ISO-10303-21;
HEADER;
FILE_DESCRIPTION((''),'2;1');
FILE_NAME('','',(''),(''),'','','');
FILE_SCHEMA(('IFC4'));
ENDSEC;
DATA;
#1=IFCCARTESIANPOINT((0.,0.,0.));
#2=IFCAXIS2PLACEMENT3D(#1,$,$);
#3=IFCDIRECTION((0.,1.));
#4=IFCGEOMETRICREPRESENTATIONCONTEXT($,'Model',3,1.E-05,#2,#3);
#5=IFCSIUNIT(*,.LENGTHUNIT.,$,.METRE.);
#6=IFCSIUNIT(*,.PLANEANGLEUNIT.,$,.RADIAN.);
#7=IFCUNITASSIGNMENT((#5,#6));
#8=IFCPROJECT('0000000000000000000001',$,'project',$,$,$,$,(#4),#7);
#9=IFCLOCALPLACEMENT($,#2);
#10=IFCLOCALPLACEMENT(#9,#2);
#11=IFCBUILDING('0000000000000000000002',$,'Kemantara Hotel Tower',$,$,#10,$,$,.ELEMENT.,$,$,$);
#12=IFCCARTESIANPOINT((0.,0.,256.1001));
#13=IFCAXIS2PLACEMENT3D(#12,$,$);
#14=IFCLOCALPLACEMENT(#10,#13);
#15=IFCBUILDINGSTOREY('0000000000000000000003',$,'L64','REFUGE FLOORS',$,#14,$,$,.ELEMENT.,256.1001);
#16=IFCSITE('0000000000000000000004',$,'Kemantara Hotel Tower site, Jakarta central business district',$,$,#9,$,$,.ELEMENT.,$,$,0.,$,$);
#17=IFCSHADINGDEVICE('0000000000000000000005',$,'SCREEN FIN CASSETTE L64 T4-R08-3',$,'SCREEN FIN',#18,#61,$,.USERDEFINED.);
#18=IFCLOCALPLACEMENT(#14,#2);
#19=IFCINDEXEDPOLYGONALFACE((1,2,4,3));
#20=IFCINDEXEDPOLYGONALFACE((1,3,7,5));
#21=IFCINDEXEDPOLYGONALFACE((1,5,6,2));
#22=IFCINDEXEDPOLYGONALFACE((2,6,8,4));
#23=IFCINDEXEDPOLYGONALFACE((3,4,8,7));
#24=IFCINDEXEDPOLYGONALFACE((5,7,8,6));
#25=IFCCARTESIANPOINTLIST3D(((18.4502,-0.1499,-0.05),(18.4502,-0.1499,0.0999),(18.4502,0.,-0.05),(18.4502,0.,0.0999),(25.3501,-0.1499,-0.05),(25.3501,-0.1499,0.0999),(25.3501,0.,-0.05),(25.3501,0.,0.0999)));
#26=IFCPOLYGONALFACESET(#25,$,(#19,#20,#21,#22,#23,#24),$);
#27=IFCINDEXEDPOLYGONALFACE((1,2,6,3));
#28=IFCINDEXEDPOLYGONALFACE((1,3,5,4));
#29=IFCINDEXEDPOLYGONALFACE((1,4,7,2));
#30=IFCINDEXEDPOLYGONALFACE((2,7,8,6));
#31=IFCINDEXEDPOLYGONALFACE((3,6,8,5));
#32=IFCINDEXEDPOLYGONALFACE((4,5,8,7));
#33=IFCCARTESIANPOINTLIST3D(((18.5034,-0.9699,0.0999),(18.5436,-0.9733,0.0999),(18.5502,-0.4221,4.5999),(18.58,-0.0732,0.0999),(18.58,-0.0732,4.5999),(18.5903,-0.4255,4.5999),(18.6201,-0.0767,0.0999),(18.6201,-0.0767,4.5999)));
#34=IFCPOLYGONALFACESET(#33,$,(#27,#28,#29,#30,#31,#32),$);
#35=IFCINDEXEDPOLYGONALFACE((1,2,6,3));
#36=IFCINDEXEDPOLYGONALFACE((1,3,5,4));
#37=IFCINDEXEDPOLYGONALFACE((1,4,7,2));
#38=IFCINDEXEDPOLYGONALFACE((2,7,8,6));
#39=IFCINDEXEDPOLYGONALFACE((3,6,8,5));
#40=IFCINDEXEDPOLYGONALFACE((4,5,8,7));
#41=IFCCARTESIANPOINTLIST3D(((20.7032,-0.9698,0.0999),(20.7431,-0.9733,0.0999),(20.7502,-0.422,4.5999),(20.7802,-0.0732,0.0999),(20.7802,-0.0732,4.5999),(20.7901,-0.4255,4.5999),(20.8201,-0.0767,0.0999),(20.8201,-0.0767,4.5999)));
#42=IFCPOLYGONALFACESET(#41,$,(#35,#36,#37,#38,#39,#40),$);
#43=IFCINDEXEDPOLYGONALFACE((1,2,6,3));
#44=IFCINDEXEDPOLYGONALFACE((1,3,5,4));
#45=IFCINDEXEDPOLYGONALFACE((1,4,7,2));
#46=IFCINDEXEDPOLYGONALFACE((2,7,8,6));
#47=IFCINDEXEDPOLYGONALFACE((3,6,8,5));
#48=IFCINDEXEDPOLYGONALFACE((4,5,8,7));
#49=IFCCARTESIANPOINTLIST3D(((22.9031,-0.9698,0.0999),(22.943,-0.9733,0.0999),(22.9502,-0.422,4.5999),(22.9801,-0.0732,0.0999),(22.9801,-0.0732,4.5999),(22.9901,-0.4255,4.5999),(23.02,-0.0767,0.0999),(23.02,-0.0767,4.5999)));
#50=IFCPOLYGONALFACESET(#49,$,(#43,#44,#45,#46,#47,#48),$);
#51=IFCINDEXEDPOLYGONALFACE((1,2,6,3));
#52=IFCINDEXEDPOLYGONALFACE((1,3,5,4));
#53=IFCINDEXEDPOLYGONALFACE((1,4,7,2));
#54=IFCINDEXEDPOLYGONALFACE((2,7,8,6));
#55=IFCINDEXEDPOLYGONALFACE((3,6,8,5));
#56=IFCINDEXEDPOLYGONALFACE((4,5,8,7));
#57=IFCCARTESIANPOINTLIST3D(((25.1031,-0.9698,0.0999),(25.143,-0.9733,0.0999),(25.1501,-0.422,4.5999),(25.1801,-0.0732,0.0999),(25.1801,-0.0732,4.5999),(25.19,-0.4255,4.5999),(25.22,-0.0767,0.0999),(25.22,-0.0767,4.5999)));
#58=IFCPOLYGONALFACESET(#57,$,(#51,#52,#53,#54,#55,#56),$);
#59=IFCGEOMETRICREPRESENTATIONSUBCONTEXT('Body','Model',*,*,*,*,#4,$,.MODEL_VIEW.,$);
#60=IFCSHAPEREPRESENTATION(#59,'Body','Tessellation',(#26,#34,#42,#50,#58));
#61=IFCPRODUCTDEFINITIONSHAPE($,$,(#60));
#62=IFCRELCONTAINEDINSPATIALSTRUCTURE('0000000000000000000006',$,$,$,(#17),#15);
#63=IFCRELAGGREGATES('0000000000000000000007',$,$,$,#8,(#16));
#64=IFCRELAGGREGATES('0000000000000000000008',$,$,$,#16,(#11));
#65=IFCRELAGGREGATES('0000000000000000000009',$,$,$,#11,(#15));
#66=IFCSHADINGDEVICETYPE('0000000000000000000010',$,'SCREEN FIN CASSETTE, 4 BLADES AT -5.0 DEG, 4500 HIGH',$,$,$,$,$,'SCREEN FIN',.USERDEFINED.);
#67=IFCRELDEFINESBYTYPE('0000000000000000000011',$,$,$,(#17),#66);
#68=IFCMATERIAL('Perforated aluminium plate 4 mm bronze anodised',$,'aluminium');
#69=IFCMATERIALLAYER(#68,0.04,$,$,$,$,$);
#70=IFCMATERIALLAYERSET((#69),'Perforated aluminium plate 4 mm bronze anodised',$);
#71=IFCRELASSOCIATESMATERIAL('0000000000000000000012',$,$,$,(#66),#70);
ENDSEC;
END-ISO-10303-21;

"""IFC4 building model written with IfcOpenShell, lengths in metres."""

from ifc_helpers import new_model, si_unit, direction, frame, origin, origin_2d, place, context, subcontext, project, spatial, polyline, rectangle, outline, extrude, source, transform, mapped, material, layer, layer_set, type_object, element, save


model = new_model("IFC4")

# Units and contexts
model_context = context("Model", 3, precision=1e-05, world=origin(), true_north=direction((0.0, 1.0)))
body_context = subcontext(model_context, "Body", "Model", "MODEL_VIEW")
ifc_project = project(units=[si_unit("LENGTHUNIT", "METRE"), si_unit("PLANEANGLEUNIT", "RADIAN")], contexts=[model_context])

# Site, building, storey
site_placement = place(None, origin())
site = spatial("IfcSite", under=ifc_project, at=site_placement, Name="Kemantara Hotel Tower site, Jakarta central business district", CompositionType="ELEMENT", RefElevation=0.0)
building_placement = place(site_placement, origin())
building = spatial("IfcBuilding", under=site, at=building_placement, Name="Kemantara Hotel Tower", CompositionType="ELEMENT")
storey_placement = place(building_placement, frame((0.0, 0.0, 256.1001)))
storey = spatial("IfcBuildingStorey", under=building, at=storey_placement, Name="L64", Description="REFUGE FLOORS", CompositionType="ELEMENT", Elevation=256.1001)

# Shading device
ifc_material_1 = material(Name="Perforated aluminium plate 4 mm bronze anodised", Category="aluminium")
ifc_layer_1 = layer(ifc_material_1, 0.04)
ifc_layer_set_1 = layer_set([ifc_layer_1], Name="Perforated aluminium plate 4 mm bronze anodised")
shading_device_type = type_object("IfcShadingDeviceType", Name="SCREEN FIN CASSETTE, 4 BLADES AT -5.0 DEG, 4500 HIGH", ElementType="SCREEN FIN", PredefinedType="USERDEFINED", material=ifc_layer_set_1)
shared_shape = source(origin(), body_context, "Body", "SweptSolid", [
    extrude(rectangle(XDim=6.8999, YDim=0.1499, at=origin_2d()), frame((3.3, -0.075, -0.1499), z_axis=(0.0, 0.0, 1.0), x_axis=(1.0, 0.0, 0.0)), (0.0, 0.0, 1.0), 0.1499),
    extrude(outline(polyline([(0.0, 0.0), (0.8999, 0.0), (0.3501, 4.5), (0.0, 4.5), (0.0, 0.0)])), frame((0.02, -0.0767, 0.0), z_axis=(-0.996376, 0.085056, 0.0), x_axis=(-0.085056, -0.996376, 0.0)), (0.0, 0.0, 1.0), 0.0403),
    extrude(outline(polyline([(0.0, 0.0), (0.8999, 0.0), (0.3501, 4.5), (0.0, 4.5), (0.0, 0.0)])), frame((2.22, -0.0767, 0.0), z_axis=(-0.996332, 0.085575, 0.0), x_axis=(-0.085575, -0.996332, 0.0)), (0.0, 0.0, 1.0), 0.04),
    extrude(outline(polyline([(0.0, 0.0), (0.8999, 0.0), (0.3501, 4.5), (0.0, 4.5), (0.0, 0.0)])), frame((4.4199, -0.0767, 0.0), z_axis=(-0.996332, 0.085575, 0.0), x_axis=(-0.085575, -0.996332, 0.0)), (0.0, 0.0, 1.0), 0.04),
    extrude(outline(polyline([(0.0, 0.0), (0.8999, 0.0), (0.3501, 4.5), (0.0, 4.5), (0.0, 0.0)])), frame((6.6199, -0.0767, 0.0), z_axis=(-0.996332, 0.085575, 0.0), x_axis=(-0.085575, -0.996332, 0.0)), (0.0, 0.0, 1.0), 0.04),
])
shading_device_placement = place(storey_placement, frame((18.6001, 0.0, 0.0999), z_axis=(0.0, 0.0, 1.0), x_axis=(1.0, 0.0, 0.0)))
element("IfcShadingDevice", 1, at=shading_device_placement, inside=storey, type_object=shading_device_type, Name="SCREEN FIN CASSETTE L64 T4-R08-3", ObjectType="SCREEN FIN", PredefinedType="USERDEFINED", context=body_context, shape_type="MappedRepresentation", body=[
    mapped(shared_shape, transform((0.0, 0.0, 0.0))),
])

save(model, "model.ifc")
